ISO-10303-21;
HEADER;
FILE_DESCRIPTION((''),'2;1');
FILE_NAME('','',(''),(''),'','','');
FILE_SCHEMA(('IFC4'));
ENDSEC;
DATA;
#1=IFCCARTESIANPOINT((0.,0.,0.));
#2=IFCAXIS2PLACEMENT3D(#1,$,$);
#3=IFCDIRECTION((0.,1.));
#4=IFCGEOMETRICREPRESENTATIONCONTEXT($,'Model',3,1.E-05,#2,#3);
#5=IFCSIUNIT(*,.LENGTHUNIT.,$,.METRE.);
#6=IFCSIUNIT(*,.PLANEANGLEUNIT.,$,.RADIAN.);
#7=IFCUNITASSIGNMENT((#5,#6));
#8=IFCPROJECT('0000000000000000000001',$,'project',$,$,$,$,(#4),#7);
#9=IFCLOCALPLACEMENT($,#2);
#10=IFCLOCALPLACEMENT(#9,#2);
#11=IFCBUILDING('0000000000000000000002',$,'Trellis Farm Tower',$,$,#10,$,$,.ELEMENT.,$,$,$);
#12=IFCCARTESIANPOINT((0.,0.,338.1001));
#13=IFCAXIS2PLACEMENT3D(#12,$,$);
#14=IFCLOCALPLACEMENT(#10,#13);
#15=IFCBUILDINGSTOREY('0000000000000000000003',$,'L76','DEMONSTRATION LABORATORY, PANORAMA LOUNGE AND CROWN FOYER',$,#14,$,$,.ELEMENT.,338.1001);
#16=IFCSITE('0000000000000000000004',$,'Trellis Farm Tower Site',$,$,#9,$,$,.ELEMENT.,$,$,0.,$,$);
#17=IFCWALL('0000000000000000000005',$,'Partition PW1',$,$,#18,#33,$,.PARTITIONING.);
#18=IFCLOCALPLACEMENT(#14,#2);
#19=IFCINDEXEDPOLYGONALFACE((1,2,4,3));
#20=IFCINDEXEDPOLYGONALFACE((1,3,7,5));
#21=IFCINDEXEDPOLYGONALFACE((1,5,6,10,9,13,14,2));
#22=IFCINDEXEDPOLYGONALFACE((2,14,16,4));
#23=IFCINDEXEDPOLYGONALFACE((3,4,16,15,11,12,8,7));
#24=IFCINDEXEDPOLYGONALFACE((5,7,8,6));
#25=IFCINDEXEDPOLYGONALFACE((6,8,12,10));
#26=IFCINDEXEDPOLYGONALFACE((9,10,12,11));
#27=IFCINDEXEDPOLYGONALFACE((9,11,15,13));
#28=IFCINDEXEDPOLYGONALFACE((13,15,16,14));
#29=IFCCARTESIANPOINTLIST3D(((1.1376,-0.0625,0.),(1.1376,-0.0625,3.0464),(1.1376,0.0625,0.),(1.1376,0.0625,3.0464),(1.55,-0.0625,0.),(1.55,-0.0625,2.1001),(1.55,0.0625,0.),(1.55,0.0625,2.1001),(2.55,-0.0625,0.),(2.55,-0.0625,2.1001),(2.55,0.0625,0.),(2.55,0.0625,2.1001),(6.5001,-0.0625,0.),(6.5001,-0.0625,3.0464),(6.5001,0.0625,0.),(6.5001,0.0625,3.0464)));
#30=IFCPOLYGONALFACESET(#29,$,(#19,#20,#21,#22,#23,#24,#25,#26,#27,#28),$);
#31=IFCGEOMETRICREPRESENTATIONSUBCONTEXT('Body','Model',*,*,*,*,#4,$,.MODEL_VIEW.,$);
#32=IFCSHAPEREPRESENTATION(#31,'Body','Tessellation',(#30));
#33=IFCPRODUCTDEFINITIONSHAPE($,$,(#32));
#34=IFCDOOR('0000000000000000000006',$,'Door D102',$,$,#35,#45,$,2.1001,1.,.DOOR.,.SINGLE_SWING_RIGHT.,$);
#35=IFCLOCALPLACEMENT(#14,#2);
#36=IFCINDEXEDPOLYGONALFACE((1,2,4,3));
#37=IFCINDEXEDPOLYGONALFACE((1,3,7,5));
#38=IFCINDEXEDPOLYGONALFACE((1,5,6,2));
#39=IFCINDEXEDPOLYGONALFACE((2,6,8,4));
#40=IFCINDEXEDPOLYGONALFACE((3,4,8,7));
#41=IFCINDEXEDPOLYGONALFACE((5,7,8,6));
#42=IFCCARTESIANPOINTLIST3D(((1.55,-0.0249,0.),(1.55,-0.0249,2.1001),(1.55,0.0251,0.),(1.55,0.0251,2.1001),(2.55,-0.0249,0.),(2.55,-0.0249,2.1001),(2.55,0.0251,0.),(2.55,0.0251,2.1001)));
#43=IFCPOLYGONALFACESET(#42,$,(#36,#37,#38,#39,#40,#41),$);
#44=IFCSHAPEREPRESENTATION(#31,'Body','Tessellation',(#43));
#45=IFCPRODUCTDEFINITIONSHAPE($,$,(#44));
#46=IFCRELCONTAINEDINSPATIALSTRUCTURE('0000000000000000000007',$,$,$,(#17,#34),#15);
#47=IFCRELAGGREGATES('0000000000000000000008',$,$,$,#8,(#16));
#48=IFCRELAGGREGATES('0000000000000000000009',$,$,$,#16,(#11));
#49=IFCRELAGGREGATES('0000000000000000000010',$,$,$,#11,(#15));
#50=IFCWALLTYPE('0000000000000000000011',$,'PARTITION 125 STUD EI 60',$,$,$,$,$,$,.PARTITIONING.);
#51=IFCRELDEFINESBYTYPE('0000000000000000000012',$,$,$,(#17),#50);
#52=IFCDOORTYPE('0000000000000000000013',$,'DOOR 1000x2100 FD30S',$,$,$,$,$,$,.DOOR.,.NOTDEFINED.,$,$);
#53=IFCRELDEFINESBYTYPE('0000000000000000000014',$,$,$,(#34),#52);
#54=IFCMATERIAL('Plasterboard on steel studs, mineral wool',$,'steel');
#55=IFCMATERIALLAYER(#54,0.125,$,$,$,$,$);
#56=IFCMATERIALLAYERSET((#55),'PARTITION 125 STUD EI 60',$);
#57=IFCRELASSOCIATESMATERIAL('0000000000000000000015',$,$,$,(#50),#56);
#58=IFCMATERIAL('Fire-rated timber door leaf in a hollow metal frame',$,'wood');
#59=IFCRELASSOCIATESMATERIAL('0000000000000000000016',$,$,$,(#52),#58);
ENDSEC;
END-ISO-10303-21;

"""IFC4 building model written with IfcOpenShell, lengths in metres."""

from ifc_helpers import new_model, si_unit, direction, frame, frame_2d, origin, place, context, subcontext, project, spatial, rectangle, extrude, source, transform, mapped, material, layer, layer_set, type_object, element, fill, save


model = new_model("IFC4")

# Units and contexts
model_context = context("Model", 3, precision=1e-05, world=origin(), true_north=direction((0.0, 1.0)))
body_context = subcontext(model_context, "Body", "Model", "MODEL_VIEW")
ifc_project = project(units=[si_unit("LENGTHUNIT", "METRE"), si_unit("PLANEANGLEUNIT", "RADIAN")], contexts=[model_context])

# Site, building, storey
site_placement = place(None, origin())
site = spatial("IfcSite", under=ifc_project, at=site_placement, Name="Trellis Farm Tower Site", CompositionType="ELEMENT", RefElevation=0.0)
building_placement = place(site_placement, origin())
building = spatial("IfcBuilding", under=site, at=building_placement, Name="Trellis Farm Tower", CompositionType="ELEMENT")
storey_placement = place(building_placement, frame((0.0, 0.0, 338.1001)))
storey = spatial("IfcBuildingStorey", under=building, at=storey_placement, Name="L76", Description="DEMONSTRATION LABORATORY, PANORAMA LOUNGE AND CROWN FOYER", CompositionType="ELEMENT", Elevation=338.1001)

# Shared definitions
ifc_material_1 = material(Name="Plasterboard on steel studs, mineral wool", Category="steel")
ifc_layer_1 = layer(ifc_material_1, 0.125)
ifc_layer_set_1 = layer_set([ifc_layer_1], Name="PARTITION 125 STUD EI 60")
wall_type_1 = type_object("IfcWallType", Name="PARTITION 125 STUD EI 60", PredefinedType="PARTITIONING", material=ifc_layer_set_1)

# Wall, opening, door
shared_shape_1 = source(origin(), body_context, "Body", "SweptSolid", [
    extrude(rectangle(XDim=5.3625, YDim=0.125, at=frame_2d((2.6812, 0.0))), origin(), (0.0, 0.0, 1.0), 3.0464),
])
wall_1_placement = place(storey_placement, frame((6.5, 0.0, 0.0), z_axis=(0.0, 0.0, 1.0), x_axis=(-1.0, 0.0, 0.0)))
wall_1 = element("IfcWall", 1, at=wall_1_placement, inside=storey, type_object=wall_type_1, Name="Partition PW1", PredefinedType="PARTITIONING", context=body_context, shape_type="MappedRepresentation", body=[
    mapped(shared_shape_1, transform((0.0, 0.0, 0.0))),
])
shared_shape_2 = source(origin(), body_context, "Body", "SweptSolid", [
    extrude(rectangle(XDim=1.0, YDim=2.1001, at=frame_2d((0.5, 1.05))), frame((0.0, 0.0725, 0.0), z_axis=(0.0, -1.0, 0.0), x_axis=(1.0, 0.0, 0.0)), (0.0, 0.0, 1.0), 0.145),
])
opening_1_placement = place(wall_1_placement, frame((3.95, 0.0, 0.0)))
opening_1 = element("IfcOpeningElement", 2, at=opening_1_placement, cuts=wall_1, PredefinedType="OPENING", context=body_context, shape_type="MappedRepresentation", body=[
    mapped(shared_shape_2, transform((0.0, 0.0, 0.0))),
])
ifc_material_2 = material(Name="Fire-rated timber door leaf in a hollow metal frame", Category="wood")
door_type_1 = type_object("IfcDoorType", Name="DOOR 1000x2100 FD30S", OperationType="NOTDEFINED", PredefinedType="DOOR", material=ifc_material_2)
shared_shape_3 = source(origin(), body_context, "Body", "SweptSolid", [
    extrude(rectangle(XDim=1.0, YDim=2.1001, at=frame_2d((0.5, 1.05))), frame((0.0, 0.0249, 0.0), z_axis=(0.0, -1.0, 0.0), x_axis=(1.0, 0.0, 0.0)), (0.0, 0.0, 1.0), 0.05),
])
door_1_placement = place(opening_1_placement, origin())
door_1 = element("IfcDoor", 3, at=door_1_placement, inside=storey, type_object=door_type_1, Name="Door D102", OperationType="SINGLE_SWING_RIGHT", OverallHeight=2.1001, OverallWidth=1.0, PredefinedType="DOOR", context=body_context, shape_type="MappedRepresentation", body=[
    mapped(shared_shape_3, transform((0.0, 0.0, 0.0))),
])
fill(opening_1, door_1)

save(model, "model.ifc")
